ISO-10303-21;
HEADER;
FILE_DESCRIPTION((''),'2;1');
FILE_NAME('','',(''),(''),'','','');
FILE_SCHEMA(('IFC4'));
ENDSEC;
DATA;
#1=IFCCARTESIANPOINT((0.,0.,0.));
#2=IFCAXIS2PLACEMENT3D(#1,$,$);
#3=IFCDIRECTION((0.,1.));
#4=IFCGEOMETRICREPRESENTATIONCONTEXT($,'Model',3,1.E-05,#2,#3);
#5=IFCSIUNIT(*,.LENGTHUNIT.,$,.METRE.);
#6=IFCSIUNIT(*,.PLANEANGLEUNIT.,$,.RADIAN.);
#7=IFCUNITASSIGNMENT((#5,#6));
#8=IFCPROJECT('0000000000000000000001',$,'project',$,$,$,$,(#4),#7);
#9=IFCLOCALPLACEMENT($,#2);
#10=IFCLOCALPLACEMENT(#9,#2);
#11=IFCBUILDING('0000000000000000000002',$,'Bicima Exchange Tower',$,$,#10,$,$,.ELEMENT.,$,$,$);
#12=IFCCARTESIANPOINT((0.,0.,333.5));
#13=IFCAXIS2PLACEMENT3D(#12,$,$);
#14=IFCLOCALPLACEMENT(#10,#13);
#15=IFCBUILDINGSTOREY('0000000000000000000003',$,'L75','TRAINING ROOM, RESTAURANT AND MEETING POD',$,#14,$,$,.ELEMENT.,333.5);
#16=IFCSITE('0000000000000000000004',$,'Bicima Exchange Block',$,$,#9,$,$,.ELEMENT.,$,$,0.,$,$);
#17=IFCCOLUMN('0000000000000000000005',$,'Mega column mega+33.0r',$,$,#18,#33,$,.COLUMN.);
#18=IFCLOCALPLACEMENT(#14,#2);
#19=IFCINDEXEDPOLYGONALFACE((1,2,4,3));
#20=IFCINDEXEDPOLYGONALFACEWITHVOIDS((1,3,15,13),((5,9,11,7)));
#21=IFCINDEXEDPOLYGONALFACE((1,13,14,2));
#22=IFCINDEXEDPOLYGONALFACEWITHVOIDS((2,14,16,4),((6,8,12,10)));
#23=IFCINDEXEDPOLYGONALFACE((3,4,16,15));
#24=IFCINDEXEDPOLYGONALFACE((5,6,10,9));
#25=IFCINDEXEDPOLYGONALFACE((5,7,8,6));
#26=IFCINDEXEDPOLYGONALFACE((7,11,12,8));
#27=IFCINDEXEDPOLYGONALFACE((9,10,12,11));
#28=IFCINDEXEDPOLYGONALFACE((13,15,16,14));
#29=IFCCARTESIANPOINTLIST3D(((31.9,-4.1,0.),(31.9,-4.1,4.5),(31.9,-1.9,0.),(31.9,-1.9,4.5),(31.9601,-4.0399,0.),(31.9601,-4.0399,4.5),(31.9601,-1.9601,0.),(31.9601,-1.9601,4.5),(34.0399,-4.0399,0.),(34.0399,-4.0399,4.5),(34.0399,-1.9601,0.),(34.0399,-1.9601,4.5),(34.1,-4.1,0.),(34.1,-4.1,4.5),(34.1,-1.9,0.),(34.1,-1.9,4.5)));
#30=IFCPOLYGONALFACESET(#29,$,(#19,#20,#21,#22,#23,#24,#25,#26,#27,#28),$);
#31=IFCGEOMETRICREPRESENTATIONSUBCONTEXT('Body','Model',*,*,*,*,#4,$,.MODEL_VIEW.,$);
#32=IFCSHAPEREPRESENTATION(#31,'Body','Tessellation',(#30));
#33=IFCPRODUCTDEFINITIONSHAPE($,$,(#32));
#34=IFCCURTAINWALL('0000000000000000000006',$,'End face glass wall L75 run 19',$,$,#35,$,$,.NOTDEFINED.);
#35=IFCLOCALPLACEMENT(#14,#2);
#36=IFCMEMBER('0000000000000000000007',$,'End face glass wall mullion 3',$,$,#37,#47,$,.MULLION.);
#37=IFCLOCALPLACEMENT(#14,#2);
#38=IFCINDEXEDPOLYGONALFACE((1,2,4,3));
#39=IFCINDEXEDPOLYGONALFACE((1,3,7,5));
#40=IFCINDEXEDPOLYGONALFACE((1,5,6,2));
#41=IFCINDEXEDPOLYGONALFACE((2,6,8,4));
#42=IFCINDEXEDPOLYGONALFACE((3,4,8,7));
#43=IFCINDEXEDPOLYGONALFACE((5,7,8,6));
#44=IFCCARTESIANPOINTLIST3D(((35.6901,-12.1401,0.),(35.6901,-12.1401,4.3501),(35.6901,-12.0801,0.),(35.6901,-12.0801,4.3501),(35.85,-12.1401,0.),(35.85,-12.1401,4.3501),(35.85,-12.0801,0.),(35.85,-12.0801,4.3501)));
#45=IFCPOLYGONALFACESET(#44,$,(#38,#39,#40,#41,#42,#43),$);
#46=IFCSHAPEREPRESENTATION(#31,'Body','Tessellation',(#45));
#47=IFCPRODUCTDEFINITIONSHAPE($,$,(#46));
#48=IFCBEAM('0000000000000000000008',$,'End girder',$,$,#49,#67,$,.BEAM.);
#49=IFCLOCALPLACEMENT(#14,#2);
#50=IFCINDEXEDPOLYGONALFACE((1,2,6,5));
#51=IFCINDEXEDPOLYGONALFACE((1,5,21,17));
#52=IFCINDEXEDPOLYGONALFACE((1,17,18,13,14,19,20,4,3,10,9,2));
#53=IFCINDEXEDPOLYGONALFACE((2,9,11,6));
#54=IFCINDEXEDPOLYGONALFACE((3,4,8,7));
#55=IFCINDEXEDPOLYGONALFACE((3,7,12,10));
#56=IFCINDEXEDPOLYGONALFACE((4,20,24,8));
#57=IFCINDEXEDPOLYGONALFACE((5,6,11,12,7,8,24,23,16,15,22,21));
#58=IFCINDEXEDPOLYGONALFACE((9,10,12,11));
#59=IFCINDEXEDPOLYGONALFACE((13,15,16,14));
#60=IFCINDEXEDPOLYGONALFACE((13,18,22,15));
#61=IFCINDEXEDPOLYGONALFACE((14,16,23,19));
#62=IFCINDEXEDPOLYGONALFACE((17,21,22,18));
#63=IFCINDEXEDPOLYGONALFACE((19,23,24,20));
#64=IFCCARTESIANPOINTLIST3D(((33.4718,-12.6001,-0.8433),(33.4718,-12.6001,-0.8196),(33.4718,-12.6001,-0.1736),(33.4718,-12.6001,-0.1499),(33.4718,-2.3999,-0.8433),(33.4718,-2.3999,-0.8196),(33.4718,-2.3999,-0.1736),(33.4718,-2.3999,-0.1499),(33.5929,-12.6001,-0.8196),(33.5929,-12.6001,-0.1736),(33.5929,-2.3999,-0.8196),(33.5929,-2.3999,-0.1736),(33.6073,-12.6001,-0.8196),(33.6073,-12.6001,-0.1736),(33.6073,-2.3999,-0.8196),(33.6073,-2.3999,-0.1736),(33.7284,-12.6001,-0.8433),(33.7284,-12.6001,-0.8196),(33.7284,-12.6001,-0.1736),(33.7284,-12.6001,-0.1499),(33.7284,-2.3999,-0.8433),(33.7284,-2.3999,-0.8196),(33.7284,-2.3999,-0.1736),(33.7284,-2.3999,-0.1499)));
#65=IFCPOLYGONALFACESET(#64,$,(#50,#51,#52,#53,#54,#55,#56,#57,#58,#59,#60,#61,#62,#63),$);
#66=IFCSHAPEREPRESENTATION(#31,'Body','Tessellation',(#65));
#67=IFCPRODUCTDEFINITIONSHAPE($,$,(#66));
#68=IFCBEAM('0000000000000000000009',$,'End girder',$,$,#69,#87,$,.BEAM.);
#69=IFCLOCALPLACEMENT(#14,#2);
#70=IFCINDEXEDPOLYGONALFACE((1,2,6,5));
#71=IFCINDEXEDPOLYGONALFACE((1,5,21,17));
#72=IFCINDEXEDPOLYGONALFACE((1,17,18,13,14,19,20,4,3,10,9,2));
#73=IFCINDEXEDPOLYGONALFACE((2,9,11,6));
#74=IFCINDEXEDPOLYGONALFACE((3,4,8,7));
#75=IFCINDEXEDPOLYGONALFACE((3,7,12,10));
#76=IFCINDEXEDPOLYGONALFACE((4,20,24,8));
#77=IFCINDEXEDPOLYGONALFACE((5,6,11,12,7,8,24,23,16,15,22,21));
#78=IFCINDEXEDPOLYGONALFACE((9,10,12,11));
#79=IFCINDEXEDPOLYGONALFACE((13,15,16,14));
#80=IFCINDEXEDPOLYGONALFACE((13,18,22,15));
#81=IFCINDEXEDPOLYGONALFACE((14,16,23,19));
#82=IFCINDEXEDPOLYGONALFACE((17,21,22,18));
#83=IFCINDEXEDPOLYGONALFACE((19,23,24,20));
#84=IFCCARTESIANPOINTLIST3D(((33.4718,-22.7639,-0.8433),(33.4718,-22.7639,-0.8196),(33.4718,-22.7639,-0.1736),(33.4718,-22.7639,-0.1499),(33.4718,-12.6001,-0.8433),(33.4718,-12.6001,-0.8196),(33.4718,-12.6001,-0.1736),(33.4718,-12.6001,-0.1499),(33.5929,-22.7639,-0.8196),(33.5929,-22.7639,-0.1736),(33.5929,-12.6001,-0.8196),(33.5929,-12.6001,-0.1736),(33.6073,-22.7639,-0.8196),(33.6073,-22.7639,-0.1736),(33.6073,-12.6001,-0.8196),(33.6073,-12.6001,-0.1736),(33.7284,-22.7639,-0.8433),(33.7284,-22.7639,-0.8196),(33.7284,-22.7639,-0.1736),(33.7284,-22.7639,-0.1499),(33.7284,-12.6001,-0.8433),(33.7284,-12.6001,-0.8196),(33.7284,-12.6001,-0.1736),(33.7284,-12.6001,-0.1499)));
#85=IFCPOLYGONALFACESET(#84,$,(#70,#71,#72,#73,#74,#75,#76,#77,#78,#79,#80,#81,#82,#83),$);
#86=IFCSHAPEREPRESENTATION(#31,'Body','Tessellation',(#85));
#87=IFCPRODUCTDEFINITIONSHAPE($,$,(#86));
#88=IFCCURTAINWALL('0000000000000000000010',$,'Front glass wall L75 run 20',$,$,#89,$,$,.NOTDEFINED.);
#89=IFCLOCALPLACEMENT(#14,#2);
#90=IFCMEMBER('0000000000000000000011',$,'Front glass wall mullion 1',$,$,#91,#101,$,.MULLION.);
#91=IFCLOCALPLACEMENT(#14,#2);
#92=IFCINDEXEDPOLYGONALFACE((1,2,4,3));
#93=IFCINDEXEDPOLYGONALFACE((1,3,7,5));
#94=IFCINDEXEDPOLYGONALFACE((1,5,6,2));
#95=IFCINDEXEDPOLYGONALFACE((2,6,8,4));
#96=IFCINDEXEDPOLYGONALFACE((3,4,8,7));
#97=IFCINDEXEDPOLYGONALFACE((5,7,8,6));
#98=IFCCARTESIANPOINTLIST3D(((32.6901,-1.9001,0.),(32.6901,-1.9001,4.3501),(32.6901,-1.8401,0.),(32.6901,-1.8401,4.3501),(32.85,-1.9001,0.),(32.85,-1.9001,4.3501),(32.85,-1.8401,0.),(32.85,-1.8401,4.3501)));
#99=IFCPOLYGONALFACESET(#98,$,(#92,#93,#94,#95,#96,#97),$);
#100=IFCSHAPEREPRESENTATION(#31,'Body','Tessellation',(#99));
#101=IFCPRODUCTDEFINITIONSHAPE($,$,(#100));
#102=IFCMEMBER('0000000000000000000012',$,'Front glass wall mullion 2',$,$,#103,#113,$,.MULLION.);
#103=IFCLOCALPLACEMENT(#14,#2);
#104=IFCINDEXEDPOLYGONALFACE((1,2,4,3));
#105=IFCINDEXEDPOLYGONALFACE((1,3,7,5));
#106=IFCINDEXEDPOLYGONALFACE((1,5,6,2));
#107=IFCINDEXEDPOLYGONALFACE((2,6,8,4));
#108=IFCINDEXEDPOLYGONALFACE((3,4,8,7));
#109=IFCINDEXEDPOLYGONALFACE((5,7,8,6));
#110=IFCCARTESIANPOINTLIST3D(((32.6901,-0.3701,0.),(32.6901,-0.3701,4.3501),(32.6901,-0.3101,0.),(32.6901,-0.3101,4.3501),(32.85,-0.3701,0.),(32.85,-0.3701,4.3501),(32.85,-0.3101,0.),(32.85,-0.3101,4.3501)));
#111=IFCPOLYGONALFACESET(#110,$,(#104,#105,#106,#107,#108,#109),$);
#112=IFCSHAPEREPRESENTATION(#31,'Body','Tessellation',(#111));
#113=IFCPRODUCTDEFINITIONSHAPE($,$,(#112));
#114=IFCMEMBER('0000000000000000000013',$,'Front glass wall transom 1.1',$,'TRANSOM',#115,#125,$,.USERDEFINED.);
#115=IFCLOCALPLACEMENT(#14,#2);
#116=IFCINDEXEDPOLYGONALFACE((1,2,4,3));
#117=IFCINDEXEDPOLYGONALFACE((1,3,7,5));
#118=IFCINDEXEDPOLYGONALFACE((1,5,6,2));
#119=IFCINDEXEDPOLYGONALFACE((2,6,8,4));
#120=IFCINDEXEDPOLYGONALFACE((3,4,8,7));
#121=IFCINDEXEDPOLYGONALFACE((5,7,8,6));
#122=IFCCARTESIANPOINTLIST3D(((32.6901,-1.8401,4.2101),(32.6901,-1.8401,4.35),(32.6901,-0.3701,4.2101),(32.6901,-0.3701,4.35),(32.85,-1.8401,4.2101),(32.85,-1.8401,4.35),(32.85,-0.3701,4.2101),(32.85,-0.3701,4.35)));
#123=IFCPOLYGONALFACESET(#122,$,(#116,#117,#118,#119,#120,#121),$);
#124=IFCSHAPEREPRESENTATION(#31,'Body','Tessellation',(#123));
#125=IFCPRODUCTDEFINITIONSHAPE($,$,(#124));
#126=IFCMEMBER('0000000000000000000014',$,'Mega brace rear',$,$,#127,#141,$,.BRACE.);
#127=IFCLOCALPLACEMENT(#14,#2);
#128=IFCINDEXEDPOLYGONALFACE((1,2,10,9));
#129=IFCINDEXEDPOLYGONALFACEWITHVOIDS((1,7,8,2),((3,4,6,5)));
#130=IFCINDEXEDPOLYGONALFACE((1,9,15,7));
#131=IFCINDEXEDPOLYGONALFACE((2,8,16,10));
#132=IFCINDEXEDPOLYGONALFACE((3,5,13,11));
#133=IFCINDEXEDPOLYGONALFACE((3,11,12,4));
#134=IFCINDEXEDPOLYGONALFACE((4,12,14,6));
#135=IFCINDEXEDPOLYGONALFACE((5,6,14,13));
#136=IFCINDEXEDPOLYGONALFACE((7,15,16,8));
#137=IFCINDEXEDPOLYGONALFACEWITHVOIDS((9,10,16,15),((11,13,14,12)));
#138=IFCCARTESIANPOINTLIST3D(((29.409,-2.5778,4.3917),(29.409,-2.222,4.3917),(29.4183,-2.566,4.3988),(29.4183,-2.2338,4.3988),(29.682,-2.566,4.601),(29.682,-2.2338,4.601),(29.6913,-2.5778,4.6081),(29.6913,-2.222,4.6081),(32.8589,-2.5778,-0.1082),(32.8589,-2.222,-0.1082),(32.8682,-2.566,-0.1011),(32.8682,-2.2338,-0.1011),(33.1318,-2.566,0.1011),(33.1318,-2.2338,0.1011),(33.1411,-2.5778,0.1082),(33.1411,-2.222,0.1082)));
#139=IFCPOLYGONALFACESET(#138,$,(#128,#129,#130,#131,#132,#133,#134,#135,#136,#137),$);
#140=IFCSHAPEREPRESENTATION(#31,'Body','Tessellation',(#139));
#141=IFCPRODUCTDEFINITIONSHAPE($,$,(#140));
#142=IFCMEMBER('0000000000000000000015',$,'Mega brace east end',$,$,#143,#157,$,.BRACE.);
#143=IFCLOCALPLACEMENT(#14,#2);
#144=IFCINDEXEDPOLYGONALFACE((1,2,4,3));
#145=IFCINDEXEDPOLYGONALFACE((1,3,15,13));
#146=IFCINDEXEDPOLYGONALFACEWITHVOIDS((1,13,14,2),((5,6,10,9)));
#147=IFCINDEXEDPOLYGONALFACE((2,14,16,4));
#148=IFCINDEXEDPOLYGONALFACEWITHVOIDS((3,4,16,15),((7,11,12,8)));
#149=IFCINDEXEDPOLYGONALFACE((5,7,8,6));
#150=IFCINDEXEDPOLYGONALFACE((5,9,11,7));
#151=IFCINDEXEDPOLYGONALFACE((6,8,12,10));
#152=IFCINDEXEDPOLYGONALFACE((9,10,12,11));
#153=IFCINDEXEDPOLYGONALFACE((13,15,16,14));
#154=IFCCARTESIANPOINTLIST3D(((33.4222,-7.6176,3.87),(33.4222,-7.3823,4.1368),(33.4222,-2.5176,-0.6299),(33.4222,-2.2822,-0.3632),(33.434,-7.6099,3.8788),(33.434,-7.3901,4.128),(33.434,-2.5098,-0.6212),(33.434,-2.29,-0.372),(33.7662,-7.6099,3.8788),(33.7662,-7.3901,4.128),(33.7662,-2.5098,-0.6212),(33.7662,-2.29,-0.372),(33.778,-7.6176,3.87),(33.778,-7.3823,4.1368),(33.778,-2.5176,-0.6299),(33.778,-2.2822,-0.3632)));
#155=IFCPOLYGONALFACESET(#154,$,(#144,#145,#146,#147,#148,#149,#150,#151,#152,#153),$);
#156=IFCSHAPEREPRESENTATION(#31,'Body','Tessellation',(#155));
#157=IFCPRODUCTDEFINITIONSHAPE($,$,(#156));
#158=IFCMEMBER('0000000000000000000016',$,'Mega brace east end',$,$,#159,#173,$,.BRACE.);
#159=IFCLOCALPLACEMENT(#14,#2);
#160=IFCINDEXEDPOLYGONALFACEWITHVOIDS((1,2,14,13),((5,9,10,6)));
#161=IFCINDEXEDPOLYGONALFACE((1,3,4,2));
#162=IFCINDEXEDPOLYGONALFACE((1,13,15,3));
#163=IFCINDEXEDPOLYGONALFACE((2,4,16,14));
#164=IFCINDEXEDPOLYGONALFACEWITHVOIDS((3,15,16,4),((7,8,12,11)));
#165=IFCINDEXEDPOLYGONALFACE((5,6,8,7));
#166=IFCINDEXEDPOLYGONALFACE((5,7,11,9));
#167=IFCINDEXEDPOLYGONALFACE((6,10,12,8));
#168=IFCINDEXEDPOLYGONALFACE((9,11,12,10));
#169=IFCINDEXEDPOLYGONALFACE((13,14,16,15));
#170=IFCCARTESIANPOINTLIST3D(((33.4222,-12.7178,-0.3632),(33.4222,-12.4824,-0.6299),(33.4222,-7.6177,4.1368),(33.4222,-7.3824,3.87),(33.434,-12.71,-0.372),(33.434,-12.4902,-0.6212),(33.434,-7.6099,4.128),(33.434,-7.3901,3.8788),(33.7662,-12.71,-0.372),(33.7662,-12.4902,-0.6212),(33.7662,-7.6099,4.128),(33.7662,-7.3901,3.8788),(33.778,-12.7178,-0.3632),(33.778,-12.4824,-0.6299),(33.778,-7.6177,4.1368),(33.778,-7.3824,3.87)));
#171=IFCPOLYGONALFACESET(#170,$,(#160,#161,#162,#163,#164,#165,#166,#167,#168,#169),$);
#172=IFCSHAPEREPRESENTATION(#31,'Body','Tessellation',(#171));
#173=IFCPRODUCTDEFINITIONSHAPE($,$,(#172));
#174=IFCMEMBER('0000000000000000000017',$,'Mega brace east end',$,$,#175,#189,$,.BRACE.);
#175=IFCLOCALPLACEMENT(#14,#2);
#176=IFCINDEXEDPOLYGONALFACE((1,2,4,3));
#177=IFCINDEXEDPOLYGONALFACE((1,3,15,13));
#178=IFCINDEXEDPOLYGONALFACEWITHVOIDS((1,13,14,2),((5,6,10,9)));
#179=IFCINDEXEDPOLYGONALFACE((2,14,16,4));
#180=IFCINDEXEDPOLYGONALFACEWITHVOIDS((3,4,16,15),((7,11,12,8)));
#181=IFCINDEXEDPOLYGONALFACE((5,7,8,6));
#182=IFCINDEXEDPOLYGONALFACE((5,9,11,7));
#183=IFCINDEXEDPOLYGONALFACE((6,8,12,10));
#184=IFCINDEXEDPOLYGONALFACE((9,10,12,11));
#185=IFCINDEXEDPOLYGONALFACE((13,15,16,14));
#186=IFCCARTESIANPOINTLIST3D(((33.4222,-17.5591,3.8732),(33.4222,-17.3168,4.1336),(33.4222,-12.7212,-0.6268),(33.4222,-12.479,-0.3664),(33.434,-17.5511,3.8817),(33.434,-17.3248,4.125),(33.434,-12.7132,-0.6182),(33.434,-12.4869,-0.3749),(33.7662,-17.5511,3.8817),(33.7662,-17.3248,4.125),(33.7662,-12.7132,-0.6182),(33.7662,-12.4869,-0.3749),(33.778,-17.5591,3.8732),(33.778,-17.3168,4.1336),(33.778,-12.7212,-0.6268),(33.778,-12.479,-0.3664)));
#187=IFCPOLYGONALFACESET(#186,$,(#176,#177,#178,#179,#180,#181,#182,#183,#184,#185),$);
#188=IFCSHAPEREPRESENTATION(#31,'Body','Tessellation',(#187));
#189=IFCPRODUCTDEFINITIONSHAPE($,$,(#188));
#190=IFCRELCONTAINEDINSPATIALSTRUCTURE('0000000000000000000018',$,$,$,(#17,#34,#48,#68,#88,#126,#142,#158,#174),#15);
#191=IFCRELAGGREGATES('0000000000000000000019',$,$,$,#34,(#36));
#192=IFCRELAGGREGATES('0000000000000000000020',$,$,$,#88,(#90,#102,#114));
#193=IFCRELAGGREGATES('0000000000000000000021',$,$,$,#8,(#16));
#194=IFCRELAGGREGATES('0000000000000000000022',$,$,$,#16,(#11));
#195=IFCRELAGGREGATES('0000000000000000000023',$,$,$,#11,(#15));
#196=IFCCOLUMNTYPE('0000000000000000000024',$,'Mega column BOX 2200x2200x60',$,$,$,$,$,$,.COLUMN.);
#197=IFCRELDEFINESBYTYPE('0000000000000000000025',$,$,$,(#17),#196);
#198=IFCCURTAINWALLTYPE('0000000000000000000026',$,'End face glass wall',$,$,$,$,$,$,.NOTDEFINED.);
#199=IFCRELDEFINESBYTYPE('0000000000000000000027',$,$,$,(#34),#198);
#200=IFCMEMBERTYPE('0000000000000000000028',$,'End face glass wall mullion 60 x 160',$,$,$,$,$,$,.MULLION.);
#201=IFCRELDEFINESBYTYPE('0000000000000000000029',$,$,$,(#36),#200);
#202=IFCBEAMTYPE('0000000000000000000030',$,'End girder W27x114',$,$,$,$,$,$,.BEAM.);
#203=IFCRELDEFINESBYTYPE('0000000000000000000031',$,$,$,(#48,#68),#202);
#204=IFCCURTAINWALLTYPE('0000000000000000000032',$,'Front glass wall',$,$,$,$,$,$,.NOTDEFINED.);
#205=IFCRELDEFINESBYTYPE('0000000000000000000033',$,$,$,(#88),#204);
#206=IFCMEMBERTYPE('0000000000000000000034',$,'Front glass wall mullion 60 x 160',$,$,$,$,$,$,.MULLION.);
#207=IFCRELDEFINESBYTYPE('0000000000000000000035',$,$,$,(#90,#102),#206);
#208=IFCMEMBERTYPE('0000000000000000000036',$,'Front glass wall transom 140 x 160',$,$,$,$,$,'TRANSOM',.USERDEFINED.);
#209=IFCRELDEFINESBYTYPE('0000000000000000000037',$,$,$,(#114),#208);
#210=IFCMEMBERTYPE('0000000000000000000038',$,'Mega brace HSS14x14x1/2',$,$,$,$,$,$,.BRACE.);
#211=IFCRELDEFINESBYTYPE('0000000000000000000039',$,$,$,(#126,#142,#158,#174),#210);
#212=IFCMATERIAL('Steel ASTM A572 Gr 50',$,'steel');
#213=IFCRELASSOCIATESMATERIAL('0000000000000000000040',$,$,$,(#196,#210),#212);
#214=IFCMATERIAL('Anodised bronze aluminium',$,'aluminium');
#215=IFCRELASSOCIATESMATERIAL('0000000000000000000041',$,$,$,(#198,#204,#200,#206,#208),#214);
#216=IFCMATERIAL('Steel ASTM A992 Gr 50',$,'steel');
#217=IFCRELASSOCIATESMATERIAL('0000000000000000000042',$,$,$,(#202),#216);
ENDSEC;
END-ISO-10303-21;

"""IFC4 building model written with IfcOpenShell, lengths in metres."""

from ifc_helpers import new_model, si_unit, direction, frame, origin, origin_2d, place, context, subcontext, project, spatial, rectangle, hollow_rectangle, i_section, extrude, material, material_profile, profile_set, type_object, element, aggregate, save


model = new_model("IFC4")

# Units and contexts
model_context = context("Model", 3, precision=1e-05, world=origin(), true_north=direction((0.0, 1.0)))
body_context = subcontext(model_context, "Body", "Model", "MODEL_VIEW")
ifc_project = project(units=[si_unit("LENGTHUNIT", "METRE"), si_unit("PLANEANGLEUNIT", "RADIAN")], contexts=[model_context])

# Site, building, storey
site_placement = place(None, origin())
site = spatial("IfcSite", under=ifc_project, at=site_placement, Name="Bicima Exchange Block", CompositionType="ELEMENT", RefElevation=0.0)
building_placement = place(site_placement, origin())
building = spatial("IfcBuilding", under=site, at=building_placement, Name="Bicima Exchange Tower", CompositionType="ELEMENT")
storey_placement = place(building_placement, frame((0.0, 0.0, 333.5)))
storey = spatial("IfcBuildingStorey", under=building, at=storey_placement, Name="L75", Description="TRAINING ROOM, RESTAURANT AND MEETING POD", CompositionType="ELEMENT", Elevation=333.5)

# Column
ifc_material_1 = material(Name="Steel ASTM A572 Gr 50", Category="steel")
ifc_material_profile_1 = material_profile(ifc_material_1, hollow_rectangle(XDim=2.2, YDim=2.2, WallThickness=0.0601, at=origin_2d()))
ifc_profile_set_1 = profile_set([ifc_material_profile_1], Name="Steel ASTM A572 Gr 50")
column_type = type_object("IfcColumnType", Name="Mega column BOX 2200x2200x60", PredefinedType="COLUMN", material=ifc_profile_set_1)
column_placement = place(storey_placement, frame((33.0, -3.0, 0.0), z_axis=(0.0, 0.0, 1.0), x_axis=(1.0, 0.0, 0.0)))
element("IfcColumn", 1, at=column_placement, inside=storey, type_object=column_type, Name="Mega column mega+33.0r", PredefinedType="COLUMN", context=body_context, shape_type="SweptSolid", body=[
    extrude(hollow_rectangle(XDim=2.2, YDim=2.2, WallThickness=0.0601, at=origin_2d()), origin(), (0.0, 0.0, 1.0), 4.5),
])

# Curtain wall, member
ifc_material_2 = material(Name="Anodised bronze aluminium", Category="aluminium")
curtain_wall_type_1 = type_object("IfcCurtainWallType", Name="End face glass wall", PredefinedType="NOTDEFINED", material=ifc_material_2)
curtain_wall_1_placement = place(storey_placement, origin())
curtain_wall_1 = element("IfcCurtainWall", 2, at=curtain_wall_1_placement, inside=storey, type_object=curtain_wall_type_1, Name="End face glass wall L75 run 19", PredefinedType="NOTDEFINED")
ifc_material_profile_2 = material_profile(ifc_material_2, rectangle(XDim=0.1599, YDim=0.0601, at=origin_2d()))
ifc_profile_set_2 = profile_set([ifc_material_profile_2], Name="Anodised bronze aluminium")
member_type_1 = type_object("IfcMemberType", Name="End face glass wall mullion 60 x 160", PredefinedType="MULLION", material=ifc_profile_set_2)
member_1_placement = place(storey_placement, frame((35.77, -12.1101, 0.0), z_axis=(0.0, 0.0, 1.0), x_axis=(-1.0, 0.0, 0.0)))
member_1 = element("IfcMember", 3, at=member_1_placement, type_object=member_type_1, Name="End face glass wall mullion 3", PredefinedType="MULLION", context=body_context, shape_type="SweptSolid", body=[
    extrude(rectangle(XDim=0.1599, YDim=0.0601, at=origin_2d()), origin(), (0.0, 0.0, 1.0), 4.3501),
])
aggregate(curtain_wall_1, [member_1])

# Beams
ifc_material_3 = material(Name="Steel ASTM A992 Gr 50", Category="steel")
ifc_material_profile_3 = material_profile(ifc_material_3, i_section(OverallWidth=0.2566, OverallDepth=0.6934, WebThickness=0.0144, FlangeThickness=0.0237, at=origin_2d()))
ifc_profile_set_3 = profile_set([ifc_material_profile_3], Name="Steel ASTM A992 Gr 50")
beam_type = type_object("IfcBeamType", Name="End girder W27x114", PredefinedType="BEAM", material=ifc_profile_set_3)
beam_1_placement = place(storey_placement, frame((33.6001, -2.3999, -0.4966), z_axis=(0.0, -1.0, 0.0), x_axis=(1.0, 0.0, 0.0)))
element("IfcBeam", 4, at=beam_1_placement, inside=storey, type_object=beam_type, Name="End girder", PredefinedType="BEAM", context=body_context, shape_type="SweptSolid", body=[
    extrude(i_section(OverallWidth=0.2566, OverallDepth=0.6934, WebThickness=0.0144, FlangeThickness=0.0237, at=origin_2d()), origin(), (0.0, 0.0, 1.0), 10.2002),
])
beam_2_placement = place(storey_placement, frame((33.6001, -12.6001, -0.4966), z_axis=(0.0, -1.0, 0.0), x_axis=(1.0, 0.0, 0.0)))
element("IfcBeam", 5, at=beam_2_placement, inside=storey, type_object=beam_type, Name="End girder", PredefinedType="BEAM", context=body_context, shape_type="SweptSolid", body=[
    extrude(i_section(OverallWidth=0.2566, OverallDepth=0.6934, WebThickness=0.0144, FlangeThickness=0.0237, at=origin_2d()), origin(), (0.0, 0.0, 1.0), 10.1638),
])

# Curtain wall, members
curtain_wall_type_2 = type_object("IfcCurtainWallType", Name="Front glass wall", PredefinedType="NOTDEFINED", material=ifc_material_2)
curtain_wall_2_placement = place(storey_placement, origin())
curtain_wall_2 = element("IfcCurtainWall", 6, at=curtain_wall_2_placement, inside=storey, type_object=curtain_wall_type_2, Name="Front glass wall L75 run 20", PredefinedType="NOTDEFINED")
member_type_2 = type_object("IfcMemberType", Name="Front glass wall mullion 60 x 160", PredefinedType="MULLION", material=ifc_profile_set_2)
member_2_placement = place(storey_placement, frame((32.77, -1.8701, 0.0), z_axis=(0.0, 0.0, 1.0), x_axis=(-1.0, 0.0, 0.0)))
member_2 = element("IfcMember", 7, at=member_2_placement, type_object=member_type_2, Name="Front glass wall mullion 1", PredefinedType="MULLION", context=body_context, shape_type="SweptSolid", body=[
    extrude(rectangle(XDim=0.1599, YDim=0.0601, at=origin_2d()), origin(), (0.0, 0.0, 1.0), 4.3501),
])
member_3_placement = place(storey_placement, frame((32.77, -0.3401, 0.0), z_axis=(0.0, 0.0, 1.0), x_axis=(-1.0, 0.0, 0.0)))
member_3 = element("IfcMember", 8, at=member_3_placement, type_object=member_type_2, Name="Front glass wall mullion 2", PredefinedType="MULLION", context=body_context, shape_type="SweptSolid", body=[
    extrude(rectangle(XDim=0.1599, YDim=0.0601, at=origin_2d()), origin(), (0.0, 0.0, 1.0), 4.3501),
])
ifc_material_profile_4 = material_profile(ifc_material_2, rectangle(XDim=0.1599, YDim=0.1399, at=origin_2d()))
ifc_profile_set_4 = profile_set([ifc_material_profile_4], Name="Anodised bronze aluminium")
member_type_3 = type_object("IfcMemberType", Name="Front glass wall transom 140 x 160", ElementType="TRANSOM", PredefinedType="USERDEFINED", material=ifc_profile_set_4)
member_4_placement = place(storey_placement, frame((32.77, -1.8401, 4.28), z_axis=(0.0, 1.0, 0.0), x_axis=(-1.0, 0.0, 0.0)))
member_4 = element("IfcMember", 9, at=member_4_placement, type_object=member_type_3, Name="Front glass wall transom 1.1", ObjectType="TRANSOM", PredefinedType="USERDEFINED", context=body_context, shape_type="SweptSolid", body=[
    extrude(rectangle(XDim=0.1599, YDim=0.1399, at=origin_2d()), origin(), (0.0, 0.0, 1.0), 1.47),
])

# Members
ifc_material_profile_5 = material_profile(ifc_material_1, hollow_rectangle(XDim=0.3557, YDim=0.3557, WallThickness=0.0117, at=origin_2d()))
ifc_profile_set_5 = profile_set([ifc_material_profile_5], Name="Steel ASTM A572 Gr 50")
member_type_4 = type_object("IfcMemberType", Name="Mega brace HSS14x14x1/2", PredefinedType="BRACE", material=ifc_profile_set_5)
member_5_placement = place(storey_placement, frame((33.0, -2.3999, 0.0), z_axis=(-0.608426, 0.0, 0.793611), x_axis=(0.0, -1.0, 0.0)))
element("IfcMember", 10, at=member_5_placement, inside=storey, type_object=member_type_4, Name="Mega brace rear", PredefinedType="BRACE", context=body_context, shape_type="SweptSolid", body=[
    extrude(hollow_rectangle(XDim=0.3557, YDim=0.3557, WallThickness=0.0117, at=origin_2d()), origin(), (0.0, 0.0, 1.0), 5.6702),
])
for number, where, z_axis, x_axis, name in (
    (11, (33.6001, -2.3999, -0.4966), (0.0, -0.749844, 0.661615), (1.0, 0.0, 0.0), "Mega brace east end"),
    (12, (33.6001, -12.6001, -0.4966), (0.0, 0.749844, 0.661615), (-1.0, 0.0, 0.0), "Mega brace east end"),
):
    element("IfcMember", number, at=place(storey_placement, frame(where, z_axis=z_axis, x_axis=x_axis)), inside=storey, type_object=member_type_4, Name=name, PredefinedType="BRACE", context=body_context, shape_type="SweptSolid", body=[
        extrude(hollow_rectangle(XDim=0.3557, YDim=0.3557, WallThickness=0.0117, at=origin_2d()), origin(), (0.0, 0.0, 1.0), 6.8015),
    ])
member_6_placement = place(storey_placement, frame((33.6001, -12.6001, -0.4966), z_axis=(0.0, -0.732214, 0.681074), x_axis=(1.0, 0.0, 0.0)))
element("IfcMember", 13, at=member_6_placement, inside=storey, type_object=member_type_4, Name="Mega brace east end", PredefinedType="BRACE", context=body_context, shape_type="SweptSolid", body=[
    extrude(hollow_rectangle(XDim=0.3557, YDim=0.3557, WallThickness=0.0117, at=origin_2d()), origin(), (0.0, 0.0, 1.0), 6.6072),
])

aggregate(curtain_wall_2, [member_2, member_3, member_4])

save(model, "model.ifc")
